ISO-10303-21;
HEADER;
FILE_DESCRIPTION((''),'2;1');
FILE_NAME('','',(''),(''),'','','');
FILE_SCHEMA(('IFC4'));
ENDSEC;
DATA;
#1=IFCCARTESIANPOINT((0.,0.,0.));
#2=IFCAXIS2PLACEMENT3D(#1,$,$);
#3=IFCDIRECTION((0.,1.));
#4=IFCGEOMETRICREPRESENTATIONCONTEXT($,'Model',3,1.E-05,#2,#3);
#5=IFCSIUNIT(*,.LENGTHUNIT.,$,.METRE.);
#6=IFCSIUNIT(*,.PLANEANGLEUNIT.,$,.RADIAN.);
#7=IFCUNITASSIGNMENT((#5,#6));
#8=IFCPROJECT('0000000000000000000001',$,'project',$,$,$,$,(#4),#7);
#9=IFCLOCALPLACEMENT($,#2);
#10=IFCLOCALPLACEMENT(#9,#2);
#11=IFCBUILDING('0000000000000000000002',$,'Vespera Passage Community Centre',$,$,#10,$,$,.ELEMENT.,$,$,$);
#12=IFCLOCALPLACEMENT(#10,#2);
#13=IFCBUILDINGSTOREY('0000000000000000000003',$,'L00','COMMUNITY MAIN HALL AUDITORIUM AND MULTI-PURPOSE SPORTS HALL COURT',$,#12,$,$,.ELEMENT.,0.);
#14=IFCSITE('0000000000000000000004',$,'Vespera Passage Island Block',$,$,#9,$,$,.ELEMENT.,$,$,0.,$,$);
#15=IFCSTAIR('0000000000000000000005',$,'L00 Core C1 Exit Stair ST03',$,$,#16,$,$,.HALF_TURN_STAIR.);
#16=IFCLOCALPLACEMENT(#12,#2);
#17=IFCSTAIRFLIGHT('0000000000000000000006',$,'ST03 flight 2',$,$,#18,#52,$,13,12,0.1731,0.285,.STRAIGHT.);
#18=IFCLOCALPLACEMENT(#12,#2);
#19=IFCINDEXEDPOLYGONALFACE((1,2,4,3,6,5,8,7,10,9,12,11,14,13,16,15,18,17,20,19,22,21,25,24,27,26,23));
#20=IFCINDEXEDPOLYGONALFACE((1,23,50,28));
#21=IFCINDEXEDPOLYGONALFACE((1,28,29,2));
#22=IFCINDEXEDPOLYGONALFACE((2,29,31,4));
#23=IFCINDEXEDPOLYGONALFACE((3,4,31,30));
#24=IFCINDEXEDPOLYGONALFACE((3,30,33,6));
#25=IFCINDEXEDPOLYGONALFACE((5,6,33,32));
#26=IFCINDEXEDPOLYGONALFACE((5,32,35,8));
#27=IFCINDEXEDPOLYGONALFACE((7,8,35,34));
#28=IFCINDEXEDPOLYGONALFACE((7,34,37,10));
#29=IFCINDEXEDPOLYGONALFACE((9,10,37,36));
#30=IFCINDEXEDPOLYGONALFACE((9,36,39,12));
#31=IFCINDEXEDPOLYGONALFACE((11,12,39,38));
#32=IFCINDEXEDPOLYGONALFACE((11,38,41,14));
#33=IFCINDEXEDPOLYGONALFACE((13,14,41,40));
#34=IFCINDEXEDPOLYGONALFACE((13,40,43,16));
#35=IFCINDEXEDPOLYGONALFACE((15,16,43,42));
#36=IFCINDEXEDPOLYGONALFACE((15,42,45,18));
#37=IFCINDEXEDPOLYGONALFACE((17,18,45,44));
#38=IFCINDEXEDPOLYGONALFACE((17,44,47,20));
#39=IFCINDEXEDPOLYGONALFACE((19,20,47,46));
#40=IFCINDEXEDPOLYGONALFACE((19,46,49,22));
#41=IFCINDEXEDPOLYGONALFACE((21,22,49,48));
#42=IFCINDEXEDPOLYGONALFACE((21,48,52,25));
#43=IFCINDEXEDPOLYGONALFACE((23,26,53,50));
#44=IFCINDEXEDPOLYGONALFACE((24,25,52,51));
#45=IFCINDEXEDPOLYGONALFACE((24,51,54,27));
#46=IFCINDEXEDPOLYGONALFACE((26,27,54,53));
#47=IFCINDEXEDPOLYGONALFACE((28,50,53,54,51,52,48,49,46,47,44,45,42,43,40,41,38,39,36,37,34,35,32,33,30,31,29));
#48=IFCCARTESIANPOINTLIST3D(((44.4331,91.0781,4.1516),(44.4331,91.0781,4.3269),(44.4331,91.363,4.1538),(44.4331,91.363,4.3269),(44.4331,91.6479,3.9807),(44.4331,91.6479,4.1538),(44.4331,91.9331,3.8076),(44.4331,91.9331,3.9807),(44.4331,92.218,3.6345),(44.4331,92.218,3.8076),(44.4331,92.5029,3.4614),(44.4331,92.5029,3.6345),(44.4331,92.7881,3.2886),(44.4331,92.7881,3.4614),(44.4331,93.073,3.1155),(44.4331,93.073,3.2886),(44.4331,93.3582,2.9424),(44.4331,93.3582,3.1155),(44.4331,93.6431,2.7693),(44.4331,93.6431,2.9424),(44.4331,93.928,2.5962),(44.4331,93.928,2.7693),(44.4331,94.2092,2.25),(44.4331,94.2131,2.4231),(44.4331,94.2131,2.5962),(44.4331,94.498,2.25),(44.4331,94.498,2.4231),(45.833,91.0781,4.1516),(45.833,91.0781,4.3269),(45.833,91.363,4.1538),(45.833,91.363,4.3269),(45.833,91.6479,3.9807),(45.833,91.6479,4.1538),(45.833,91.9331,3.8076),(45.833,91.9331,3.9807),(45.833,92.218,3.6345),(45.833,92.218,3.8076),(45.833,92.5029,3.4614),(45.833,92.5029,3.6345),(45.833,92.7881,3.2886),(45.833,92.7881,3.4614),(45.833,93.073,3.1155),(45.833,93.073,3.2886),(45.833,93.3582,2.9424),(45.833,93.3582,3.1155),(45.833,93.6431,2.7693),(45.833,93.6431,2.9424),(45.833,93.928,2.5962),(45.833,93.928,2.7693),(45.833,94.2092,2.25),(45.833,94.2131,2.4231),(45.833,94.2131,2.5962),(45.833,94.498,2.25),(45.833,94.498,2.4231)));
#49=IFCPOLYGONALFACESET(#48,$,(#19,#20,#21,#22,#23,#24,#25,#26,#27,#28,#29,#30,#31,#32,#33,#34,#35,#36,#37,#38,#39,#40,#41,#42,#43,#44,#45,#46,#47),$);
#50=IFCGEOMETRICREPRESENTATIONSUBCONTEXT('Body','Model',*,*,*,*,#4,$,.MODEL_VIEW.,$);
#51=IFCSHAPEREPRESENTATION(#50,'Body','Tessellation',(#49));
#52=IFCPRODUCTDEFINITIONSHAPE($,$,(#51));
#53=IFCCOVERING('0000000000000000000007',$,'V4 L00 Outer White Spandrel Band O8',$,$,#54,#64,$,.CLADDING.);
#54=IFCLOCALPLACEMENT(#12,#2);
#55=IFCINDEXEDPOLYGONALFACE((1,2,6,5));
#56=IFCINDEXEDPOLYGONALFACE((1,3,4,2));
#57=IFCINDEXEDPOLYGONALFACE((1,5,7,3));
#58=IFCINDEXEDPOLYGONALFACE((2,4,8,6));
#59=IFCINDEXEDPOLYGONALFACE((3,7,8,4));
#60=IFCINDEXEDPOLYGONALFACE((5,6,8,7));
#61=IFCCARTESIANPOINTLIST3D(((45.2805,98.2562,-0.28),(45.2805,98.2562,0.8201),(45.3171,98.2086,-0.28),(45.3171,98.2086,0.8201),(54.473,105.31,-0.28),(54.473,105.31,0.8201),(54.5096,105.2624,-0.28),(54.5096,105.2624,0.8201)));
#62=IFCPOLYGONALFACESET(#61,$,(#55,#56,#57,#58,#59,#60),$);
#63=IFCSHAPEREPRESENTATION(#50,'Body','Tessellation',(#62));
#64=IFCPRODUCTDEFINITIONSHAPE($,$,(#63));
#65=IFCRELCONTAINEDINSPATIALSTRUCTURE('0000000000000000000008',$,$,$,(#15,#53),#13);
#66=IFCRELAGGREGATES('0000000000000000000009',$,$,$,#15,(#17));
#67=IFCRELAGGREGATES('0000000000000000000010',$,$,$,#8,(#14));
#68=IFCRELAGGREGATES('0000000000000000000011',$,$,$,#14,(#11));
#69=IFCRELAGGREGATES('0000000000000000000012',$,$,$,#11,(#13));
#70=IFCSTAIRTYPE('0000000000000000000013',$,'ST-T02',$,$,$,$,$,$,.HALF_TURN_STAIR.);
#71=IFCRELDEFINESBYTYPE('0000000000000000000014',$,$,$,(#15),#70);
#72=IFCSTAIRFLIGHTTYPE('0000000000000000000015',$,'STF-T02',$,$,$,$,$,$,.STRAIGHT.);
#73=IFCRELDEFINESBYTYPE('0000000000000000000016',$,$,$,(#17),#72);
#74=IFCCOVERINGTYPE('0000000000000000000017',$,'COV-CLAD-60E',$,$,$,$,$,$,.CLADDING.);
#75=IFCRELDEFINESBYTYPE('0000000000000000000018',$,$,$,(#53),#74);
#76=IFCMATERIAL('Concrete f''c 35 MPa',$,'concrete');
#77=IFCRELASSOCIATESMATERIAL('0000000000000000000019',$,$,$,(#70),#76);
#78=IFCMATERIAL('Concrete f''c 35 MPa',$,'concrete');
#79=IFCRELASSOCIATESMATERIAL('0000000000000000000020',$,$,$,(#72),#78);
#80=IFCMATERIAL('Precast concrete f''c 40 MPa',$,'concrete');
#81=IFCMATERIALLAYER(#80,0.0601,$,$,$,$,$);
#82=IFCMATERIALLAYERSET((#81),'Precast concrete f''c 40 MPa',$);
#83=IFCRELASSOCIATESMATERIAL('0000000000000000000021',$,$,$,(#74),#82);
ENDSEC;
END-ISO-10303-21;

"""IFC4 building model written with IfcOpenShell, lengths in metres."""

from ifc_helpers import new_model, si_unit, direction, frame, frame_2d, origin, place, context, subcontext, project, spatial, polyline, rectangle, outline, extrude, material, layer, layer_set, type_object, element, aggregate, save


model = new_model("IFC4")

# Units and contexts
model_context = context("Model", 3, precision=1e-05, world=origin(), true_north=direction((0.0, 1.0)))
body_context = subcontext(model_context, "Body", "Model", "MODEL_VIEW")
ifc_project = project(units=[si_unit("LENGTHUNIT", "METRE"), si_unit("PLANEANGLEUNIT", "RADIAN")], contexts=[model_context])

# Site, building, storey
site_placement = place(None, origin())
site = spatial("IfcSite", under=ifc_project, at=site_placement, Name="Vespera Passage Island Block", CompositionType="ELEMENT", RefElevation=0.0)
building_placement = place(site_placement, origin())
building = spatial("IfcBuilding", under=site, at=building_placement, Name="Vespera Passage Community Centre", CompositionType="ELEMENT")
storey_placement = place(building_placement, origin())
storey = spatial("IfcBuildingStorey", under=building, at=storey_placement, Name="L00", Description="COMMUNITY MAIN HALL AUDITORIUM AND MULTI-PURPOSE SPORTS HALL COURT", CompositionType="ELEMENT", Elevation=0.0)

# Stair, stair flight
ifc_material_1 = material(Name="Concrete f'c 35 MPa", Category="concrete")
stair_type = type_object("IfcStairType", Name="ST-T02", PredefinedType="HALF_TURN_STAIR", material=ifc_material_1)
stair_placement = place(storey_placement, origin())
stair = element("IfcStair", 1, at=stair_placement, inside=storey, type_object=stair_type, Name="L00 Core C1 Exit Stair ST03", PredefinedType="HALF_TURN_STAIR")
ifc_material_2 = material(Name="Concrete f'c 35 MPa", Category="concrete")
stair_flight_type = type_object("IfcStairFlightType", Name="STF-T02", PredefinedType="STRAIGHT", material=ifc_material_2)
stair_flight_placement = place(storey_placement, frame((45.1331, 94.498, 2.25), z_axis=(0.0, 0.0, 1.0), x_axis=(0.0, -1.0, 0.0)))
stair_flight = element("IfcStairFlight", 2, at=stair_flight_placement, type_object=stair_flight_type, Name="ST03 flight 2", NumberOfRisers=13, NumberOfTreads=12, PredefinedType="STRAIGHT", RiserHeight=0.1731, TreadLength=0.285, context=body_context, shape_type="SweptSolid", body=[
    extrude(outline(polyline([(0.0, 0.0), (0.0, 0.1731), (0.2849, 0.1731), (0.2849, 0.3462), (0.5701, 0.3462), (0.5701, 0.5193), (0.855, 0.5193), (0.855, 0.6924), (1.1399, 0.6924), (1.1399, 0.8655), (1.425, 0.8655), (1.425, 1.0386), (1.71, 1.0386), (1.71, 1.2114), (1.9951, 1.2114), (1.9951, 1.3845), (2.28, 1.3845), (2.28, 1.5576), (2.5649, 1.5576), (2.5649, 1.7307), (2.8501, 1.7307), (2.8501, 1.9038), (3.135, 1.9038), (3.135, 2.0769), (3.4199, 2.0769), (3.4199, 2.25), (3.4199, 1.9016), (0.2888, 0.0), (0.0, 0.0)])), frame((0.0, 0.7, 0.0), z_axis=(0.0, -1.0, 0.0), x_axis=(1.0, 0.0, 0.0)), (0.0, 0.0, 1.0), 1.3999),
])
aggregate(stair, [stair_flight])

# Covering
ifc_material_3 = material(Name="Precast concrete f'c 40 MPa", Category="concrete")
ifc_layer_1 = layer(ifc_material_3, 0.0601)
ifc_layer_set_1 = layer_set([ifc_layer_1], Name="Precast concrete f'c 40 MPa")
covering_type = type_object("IfcCoveringType", Name="COV-CLAD-60E", PredefinedType="CLADDING", material=ifc_layer_set_1)
covering_placement = place(storey_placement, frame((45.2988, 98.2324, -0.28), z_axis=(0.0, 0.0, 1.0), x_axis=(0.793347, 0.608769, 0.0)))
element("IfcCovering", 3, at=covering_placement, inside=storey, type_object=covering_type, Name="V4 L00 Outer White Spandrel Band O8", PredefinedType="CLADDING", context=body_context, shape_type="SweptSolid", body=[
    extrude(rectangle(XDim=11.5869, YDim=0.0601, at=frame_2d((5.7935, 0.0))), origin(), (0.0, 0.0, 1.0), 1.1001),
])

save(model, "model.ifc")
